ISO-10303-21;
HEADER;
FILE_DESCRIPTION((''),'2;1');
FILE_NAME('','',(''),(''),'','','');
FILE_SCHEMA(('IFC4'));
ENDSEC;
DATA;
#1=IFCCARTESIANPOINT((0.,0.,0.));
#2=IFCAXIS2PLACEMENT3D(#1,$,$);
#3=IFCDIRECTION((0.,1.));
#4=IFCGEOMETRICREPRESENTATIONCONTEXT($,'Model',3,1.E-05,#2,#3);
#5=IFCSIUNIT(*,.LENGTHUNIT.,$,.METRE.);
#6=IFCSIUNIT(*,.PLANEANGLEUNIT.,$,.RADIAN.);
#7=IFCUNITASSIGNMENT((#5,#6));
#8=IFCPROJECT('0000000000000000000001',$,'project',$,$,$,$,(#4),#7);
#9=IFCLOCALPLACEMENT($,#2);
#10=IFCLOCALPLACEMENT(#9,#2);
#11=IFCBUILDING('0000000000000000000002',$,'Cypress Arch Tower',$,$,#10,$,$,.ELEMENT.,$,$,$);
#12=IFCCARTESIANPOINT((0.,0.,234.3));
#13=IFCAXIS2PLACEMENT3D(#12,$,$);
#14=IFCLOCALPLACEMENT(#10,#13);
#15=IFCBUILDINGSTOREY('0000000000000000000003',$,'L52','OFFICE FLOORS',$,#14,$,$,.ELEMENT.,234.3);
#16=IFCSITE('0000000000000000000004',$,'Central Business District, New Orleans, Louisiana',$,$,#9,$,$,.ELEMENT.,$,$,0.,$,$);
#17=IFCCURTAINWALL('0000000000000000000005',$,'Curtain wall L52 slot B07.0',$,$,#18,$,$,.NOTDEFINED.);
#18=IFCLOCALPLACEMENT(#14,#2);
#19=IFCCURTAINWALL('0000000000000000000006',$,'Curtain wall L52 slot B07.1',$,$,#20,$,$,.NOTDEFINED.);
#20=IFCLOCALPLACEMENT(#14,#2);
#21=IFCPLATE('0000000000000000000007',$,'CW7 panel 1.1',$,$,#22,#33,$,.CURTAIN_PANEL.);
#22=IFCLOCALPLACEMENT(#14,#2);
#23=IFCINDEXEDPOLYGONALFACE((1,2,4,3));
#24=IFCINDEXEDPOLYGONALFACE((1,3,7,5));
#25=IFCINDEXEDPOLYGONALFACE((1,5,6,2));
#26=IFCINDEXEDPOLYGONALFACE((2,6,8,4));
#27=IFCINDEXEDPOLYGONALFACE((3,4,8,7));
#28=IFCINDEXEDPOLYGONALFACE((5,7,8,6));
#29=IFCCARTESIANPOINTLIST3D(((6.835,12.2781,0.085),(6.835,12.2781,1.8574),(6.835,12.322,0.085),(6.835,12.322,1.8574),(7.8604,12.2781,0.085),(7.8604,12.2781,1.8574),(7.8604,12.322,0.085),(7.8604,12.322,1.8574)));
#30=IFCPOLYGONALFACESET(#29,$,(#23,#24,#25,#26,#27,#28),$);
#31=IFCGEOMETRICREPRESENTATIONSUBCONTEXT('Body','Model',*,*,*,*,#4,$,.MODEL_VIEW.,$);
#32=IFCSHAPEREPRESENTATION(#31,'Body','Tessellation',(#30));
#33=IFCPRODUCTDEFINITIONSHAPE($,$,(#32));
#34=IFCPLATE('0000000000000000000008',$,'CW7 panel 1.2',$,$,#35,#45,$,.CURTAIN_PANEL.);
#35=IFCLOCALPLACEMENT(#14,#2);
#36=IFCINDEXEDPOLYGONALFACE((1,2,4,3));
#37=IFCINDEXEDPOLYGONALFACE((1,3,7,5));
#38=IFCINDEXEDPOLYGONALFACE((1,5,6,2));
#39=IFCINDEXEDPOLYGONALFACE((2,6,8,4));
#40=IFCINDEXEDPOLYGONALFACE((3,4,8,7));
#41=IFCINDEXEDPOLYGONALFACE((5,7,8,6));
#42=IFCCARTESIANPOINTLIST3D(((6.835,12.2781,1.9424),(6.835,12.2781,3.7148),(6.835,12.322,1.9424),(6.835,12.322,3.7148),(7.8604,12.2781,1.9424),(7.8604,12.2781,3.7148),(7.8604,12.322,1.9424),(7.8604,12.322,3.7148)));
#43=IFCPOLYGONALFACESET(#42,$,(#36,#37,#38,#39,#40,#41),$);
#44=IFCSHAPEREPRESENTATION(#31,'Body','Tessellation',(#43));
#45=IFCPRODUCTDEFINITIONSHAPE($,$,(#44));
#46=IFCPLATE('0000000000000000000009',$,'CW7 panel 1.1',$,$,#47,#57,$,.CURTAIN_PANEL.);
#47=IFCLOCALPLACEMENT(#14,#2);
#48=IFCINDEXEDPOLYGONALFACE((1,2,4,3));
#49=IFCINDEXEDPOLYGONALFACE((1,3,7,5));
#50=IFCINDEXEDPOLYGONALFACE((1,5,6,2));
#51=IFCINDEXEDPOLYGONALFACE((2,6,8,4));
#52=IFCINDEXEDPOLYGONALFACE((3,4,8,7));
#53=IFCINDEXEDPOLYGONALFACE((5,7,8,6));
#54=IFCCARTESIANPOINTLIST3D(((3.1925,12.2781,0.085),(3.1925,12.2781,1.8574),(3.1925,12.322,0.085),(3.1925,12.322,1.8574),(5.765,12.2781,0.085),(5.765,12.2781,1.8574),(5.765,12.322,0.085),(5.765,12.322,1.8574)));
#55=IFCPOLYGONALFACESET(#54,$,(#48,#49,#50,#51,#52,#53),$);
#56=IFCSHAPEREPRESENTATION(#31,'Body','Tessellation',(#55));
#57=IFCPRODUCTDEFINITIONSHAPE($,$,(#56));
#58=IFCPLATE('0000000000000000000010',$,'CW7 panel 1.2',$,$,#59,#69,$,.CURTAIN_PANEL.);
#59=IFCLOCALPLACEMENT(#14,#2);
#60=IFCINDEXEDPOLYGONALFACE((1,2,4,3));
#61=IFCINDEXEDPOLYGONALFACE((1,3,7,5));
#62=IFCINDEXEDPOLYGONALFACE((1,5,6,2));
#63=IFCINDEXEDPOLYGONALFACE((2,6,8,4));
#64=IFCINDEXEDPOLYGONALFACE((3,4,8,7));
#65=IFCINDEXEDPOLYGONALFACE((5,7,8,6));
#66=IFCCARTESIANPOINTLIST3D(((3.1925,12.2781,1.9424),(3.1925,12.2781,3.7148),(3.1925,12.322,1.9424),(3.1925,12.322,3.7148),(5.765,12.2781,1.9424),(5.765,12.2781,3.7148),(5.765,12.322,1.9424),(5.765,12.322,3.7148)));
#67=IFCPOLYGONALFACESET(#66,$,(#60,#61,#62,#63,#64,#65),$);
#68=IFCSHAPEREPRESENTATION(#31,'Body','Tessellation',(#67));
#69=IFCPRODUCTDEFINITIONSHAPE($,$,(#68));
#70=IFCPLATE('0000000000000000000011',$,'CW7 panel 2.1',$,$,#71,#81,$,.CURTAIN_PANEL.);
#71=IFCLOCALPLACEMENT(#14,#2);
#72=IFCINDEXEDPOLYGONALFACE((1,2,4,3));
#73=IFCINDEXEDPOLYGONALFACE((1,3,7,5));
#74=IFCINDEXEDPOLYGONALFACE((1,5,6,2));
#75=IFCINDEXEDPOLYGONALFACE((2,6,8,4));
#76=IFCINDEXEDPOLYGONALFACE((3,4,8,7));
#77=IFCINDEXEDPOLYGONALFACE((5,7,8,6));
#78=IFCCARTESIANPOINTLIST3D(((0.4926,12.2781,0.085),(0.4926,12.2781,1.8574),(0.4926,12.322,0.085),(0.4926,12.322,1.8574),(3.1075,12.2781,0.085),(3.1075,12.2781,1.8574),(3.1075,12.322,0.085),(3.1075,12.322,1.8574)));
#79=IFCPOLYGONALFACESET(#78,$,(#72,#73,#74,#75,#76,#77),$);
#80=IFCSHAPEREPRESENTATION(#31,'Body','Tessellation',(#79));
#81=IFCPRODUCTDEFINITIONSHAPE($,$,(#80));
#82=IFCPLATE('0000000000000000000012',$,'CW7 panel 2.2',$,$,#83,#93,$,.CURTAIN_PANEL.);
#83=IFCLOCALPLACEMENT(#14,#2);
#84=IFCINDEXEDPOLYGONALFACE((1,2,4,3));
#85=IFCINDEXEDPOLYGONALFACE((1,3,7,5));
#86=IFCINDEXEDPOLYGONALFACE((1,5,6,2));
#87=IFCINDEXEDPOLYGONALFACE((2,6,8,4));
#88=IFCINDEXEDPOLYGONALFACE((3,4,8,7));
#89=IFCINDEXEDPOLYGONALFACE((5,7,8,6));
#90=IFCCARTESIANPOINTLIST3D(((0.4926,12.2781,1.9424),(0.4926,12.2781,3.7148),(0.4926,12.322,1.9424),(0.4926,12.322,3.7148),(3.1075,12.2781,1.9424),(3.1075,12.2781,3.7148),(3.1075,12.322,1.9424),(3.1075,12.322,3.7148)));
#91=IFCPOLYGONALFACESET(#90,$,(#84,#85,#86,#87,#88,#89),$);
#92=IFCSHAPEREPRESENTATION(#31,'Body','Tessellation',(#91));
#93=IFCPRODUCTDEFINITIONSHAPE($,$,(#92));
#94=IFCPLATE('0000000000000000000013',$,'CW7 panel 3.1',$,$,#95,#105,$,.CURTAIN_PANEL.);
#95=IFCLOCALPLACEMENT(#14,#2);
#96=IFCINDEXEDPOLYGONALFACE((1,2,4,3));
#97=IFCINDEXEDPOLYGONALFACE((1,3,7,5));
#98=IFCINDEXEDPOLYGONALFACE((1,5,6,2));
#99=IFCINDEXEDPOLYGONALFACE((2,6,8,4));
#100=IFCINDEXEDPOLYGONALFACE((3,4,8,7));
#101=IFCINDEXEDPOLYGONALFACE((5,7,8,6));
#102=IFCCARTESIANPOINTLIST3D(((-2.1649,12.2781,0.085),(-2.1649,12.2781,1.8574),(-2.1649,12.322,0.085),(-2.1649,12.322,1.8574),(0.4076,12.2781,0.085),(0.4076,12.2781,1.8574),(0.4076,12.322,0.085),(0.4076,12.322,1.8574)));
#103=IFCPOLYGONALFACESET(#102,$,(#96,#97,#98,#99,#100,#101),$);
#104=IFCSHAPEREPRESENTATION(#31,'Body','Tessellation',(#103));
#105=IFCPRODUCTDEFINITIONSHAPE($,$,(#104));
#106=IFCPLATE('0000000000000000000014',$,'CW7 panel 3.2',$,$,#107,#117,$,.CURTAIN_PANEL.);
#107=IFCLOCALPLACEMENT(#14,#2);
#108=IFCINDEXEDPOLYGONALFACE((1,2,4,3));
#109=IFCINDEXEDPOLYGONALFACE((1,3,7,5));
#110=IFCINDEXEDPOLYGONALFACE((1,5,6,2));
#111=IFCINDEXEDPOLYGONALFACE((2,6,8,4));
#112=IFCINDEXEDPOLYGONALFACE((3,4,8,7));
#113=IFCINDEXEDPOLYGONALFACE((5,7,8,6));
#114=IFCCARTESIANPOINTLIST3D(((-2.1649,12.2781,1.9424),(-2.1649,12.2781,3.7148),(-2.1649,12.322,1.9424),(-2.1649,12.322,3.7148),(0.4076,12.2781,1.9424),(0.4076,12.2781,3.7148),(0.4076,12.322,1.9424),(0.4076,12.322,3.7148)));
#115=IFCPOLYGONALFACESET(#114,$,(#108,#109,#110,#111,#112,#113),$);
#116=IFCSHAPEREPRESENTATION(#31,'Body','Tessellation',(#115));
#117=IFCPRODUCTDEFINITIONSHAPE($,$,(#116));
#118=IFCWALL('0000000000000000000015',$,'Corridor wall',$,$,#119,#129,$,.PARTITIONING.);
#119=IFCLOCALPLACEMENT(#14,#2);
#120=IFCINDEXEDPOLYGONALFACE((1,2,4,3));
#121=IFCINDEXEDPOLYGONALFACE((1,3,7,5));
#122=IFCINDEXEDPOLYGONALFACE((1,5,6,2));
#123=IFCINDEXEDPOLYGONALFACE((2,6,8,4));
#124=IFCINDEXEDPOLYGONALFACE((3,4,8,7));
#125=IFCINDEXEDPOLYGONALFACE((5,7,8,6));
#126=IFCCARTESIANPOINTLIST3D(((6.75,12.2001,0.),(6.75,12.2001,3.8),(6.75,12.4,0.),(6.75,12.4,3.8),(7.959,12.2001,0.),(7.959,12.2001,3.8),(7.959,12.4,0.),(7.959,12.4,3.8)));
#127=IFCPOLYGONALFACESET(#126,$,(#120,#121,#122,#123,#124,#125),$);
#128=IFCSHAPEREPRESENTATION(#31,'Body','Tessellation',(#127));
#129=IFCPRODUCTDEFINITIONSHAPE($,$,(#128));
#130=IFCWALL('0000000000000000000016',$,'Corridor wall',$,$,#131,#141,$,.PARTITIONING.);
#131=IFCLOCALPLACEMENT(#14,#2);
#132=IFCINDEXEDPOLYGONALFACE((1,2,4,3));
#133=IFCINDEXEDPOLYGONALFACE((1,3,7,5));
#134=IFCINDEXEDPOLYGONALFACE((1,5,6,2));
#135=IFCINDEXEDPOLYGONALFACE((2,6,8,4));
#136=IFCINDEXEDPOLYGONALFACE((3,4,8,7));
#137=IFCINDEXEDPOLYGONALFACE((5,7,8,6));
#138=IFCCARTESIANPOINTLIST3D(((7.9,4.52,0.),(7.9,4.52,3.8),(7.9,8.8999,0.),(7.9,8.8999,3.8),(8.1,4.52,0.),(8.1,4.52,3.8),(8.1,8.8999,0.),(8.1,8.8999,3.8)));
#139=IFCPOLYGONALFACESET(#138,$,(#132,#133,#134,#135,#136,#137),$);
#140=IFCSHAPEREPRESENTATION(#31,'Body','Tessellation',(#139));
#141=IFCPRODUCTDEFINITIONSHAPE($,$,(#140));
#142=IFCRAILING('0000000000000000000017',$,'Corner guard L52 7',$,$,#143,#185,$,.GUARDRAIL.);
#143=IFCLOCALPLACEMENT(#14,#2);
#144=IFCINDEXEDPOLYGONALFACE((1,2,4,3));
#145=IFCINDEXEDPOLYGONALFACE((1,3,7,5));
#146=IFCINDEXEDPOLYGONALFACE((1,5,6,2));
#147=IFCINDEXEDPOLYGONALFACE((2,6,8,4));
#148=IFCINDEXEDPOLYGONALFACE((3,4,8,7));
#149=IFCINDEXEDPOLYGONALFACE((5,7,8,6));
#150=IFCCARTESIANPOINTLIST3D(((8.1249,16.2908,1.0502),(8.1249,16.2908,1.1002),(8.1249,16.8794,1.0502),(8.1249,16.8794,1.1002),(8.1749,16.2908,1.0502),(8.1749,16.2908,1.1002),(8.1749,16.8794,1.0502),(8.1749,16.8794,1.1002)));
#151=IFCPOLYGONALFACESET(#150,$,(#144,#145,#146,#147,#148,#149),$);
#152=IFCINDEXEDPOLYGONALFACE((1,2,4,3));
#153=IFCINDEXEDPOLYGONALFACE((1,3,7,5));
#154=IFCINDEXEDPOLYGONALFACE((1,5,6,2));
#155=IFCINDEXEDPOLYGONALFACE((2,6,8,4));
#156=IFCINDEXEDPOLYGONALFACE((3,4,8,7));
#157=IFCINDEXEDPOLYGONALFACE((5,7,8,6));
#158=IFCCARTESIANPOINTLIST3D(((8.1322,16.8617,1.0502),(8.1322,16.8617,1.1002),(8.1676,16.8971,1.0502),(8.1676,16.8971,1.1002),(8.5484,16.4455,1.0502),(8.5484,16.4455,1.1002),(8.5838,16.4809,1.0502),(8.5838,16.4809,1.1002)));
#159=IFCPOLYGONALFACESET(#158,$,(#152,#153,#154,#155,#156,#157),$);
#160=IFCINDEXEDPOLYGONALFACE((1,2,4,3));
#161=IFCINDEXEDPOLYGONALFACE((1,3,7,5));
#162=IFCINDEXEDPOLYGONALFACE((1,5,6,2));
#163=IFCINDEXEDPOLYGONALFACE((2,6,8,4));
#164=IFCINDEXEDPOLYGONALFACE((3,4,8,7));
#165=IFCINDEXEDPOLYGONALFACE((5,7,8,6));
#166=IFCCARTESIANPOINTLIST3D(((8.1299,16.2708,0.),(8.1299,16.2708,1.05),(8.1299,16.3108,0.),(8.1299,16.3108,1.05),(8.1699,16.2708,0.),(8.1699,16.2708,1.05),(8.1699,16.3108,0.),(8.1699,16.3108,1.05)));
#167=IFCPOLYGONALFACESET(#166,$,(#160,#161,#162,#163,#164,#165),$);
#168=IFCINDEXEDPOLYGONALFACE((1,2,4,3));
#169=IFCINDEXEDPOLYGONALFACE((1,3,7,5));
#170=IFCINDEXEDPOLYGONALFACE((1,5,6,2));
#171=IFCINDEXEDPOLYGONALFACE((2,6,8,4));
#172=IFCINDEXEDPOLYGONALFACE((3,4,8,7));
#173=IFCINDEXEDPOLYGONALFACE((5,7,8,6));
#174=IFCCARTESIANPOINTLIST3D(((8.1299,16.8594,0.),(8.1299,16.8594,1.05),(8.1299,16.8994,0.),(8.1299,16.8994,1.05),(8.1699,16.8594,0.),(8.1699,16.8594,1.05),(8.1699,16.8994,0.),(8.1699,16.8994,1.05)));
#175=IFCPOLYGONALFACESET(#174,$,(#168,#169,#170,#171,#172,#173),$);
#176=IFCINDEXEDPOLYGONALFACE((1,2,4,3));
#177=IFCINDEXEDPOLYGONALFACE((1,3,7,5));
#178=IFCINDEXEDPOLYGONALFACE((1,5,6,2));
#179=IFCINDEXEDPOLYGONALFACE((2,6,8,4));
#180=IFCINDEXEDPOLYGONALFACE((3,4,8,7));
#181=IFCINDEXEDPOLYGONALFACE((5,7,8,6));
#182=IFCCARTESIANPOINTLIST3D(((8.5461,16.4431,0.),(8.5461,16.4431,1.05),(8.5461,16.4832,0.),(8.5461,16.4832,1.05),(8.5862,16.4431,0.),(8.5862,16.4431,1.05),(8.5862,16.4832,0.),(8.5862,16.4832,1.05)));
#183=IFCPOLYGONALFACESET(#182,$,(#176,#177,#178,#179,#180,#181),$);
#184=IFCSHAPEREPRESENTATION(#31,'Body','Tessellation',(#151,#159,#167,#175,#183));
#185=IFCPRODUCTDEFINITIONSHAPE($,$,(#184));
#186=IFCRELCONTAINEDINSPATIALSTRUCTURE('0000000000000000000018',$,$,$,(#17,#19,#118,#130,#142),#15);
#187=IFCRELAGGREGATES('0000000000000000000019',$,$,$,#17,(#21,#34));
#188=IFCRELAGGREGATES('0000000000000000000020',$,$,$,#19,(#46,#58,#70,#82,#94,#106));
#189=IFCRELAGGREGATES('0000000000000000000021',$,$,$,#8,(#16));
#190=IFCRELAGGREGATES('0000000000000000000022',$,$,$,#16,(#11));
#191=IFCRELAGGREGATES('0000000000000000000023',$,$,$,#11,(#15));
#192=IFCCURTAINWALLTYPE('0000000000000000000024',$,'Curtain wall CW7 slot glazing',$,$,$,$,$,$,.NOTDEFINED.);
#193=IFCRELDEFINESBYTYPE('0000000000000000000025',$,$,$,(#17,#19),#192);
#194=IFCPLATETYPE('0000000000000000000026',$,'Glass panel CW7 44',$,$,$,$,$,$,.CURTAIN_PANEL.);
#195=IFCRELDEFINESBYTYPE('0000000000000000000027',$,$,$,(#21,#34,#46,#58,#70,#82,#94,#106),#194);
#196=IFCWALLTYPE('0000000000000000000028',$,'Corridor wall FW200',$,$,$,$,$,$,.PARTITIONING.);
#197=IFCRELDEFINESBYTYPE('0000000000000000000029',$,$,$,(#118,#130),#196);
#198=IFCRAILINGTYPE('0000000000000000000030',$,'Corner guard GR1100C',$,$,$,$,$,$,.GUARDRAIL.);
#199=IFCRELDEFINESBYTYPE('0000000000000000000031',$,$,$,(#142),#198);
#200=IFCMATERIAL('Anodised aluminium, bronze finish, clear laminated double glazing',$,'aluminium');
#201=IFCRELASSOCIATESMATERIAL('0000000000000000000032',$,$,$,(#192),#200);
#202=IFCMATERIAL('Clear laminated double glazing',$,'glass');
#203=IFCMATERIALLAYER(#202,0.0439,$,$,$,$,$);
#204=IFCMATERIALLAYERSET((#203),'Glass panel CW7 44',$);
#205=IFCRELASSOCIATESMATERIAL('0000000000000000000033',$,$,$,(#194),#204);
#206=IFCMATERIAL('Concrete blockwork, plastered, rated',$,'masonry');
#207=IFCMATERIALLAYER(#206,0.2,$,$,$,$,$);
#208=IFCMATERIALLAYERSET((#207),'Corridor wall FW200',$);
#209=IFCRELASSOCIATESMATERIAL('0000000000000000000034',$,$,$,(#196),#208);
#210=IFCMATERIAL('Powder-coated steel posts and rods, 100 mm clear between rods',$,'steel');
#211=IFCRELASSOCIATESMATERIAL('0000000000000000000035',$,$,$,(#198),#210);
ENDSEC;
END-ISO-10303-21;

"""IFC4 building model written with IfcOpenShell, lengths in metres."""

from ifc_helpers import new_model, si_unit, direction, frame, frame_2d, origin, origin_2d, place, context, subcontext, project, spatial, rectangle, extrude, material, layer, layer_set, type_object, element, aggregate, save


model = new_model("IFC4")

# Units and contexts
model_context = context("Model", 3, precision=1e-05, world=origin(), true_north=direction((0.0, 1.0)))
body_context = subcontext(model_context, "Body", "Model", "MODEL_VIEW")
ifc_project = project(units=[si_unit("LENGTHUNIT", "METRE"), si_unit("PLANEANGLEUNIT", "RADIAN")], contexts=[model_context])

# Site, building, storey
site_placement = place(None, origin())
site = spatial("IfcSite", under=ifc_project, at=site_placement, Name="Central Business District, New Orleans, Louisiana", CompositionType="ELEMENT", RefElevation=0.0)
building_placement = place(site_placement, origin())
building = spatial("IfcBuilding", under=site, at=building_placement, Name="Cypress Arch Tower", CompositionType="ELEMENT")
storey_placement = place(building_placement, frame((0.0, 0.0, 234.3)))
storey = spatial("IfcBuildingStorey", under=building, at=storey_placement, Name="L52", Description="OFFICE FLOORS", CompositionType="ELEMENT", Elevation=234.3)

# Shared definitions
ifc_material_1 = material(Name="Anodised aluminium, bronze finish, clear laminated double glazing", Category="aluminium")
curtain_wall_type = type_object("IfcCurtainWallType", Name="Curtain wall CW7 slot glazing", PredefinedType="NOTDEFINED", material=ifc_material_1)

# Curtain walls
curtain_wall_1_placement = place(storey_placement, origin())
curtain_wall_1 = element("IfcCurtainWall", 1, at=curtain_wall_1_placement, inside=storey, type_object=curtain_wall_type, Name="Curtain wall L52 slot B07.0", PredefinedType="NOTDEFINED")
curtain_wall_2_placement = place(storey_placement, origin())
curtain_wall_2 = element("IfcCurtainWall", 2, at=curtain_wall_2_placement, inside=storey, type_object=curtain_wall_type, Name="Curtain wall L52 slot B07.1", PredefinedType="NOTDEFINED")

# Plates
ifc_material_2 = material(Name="Clear laminated double glazing", Category="glass")
ifc_layer_1 = layer(ifc_material_2, 0.0439)
ifc_layer_set_1 = layer_set([ifc_layer_1], Name="Glass panel CW7 44")
plate_type = type_object("IfcPlateType", Name="Glass panel CW7 44", PredefinedType="CURTAIN_PANEL", material=ifc_layer_set_1)
plate_1_placement = place(storey_placement, frame((7.3477, 12.3, 0.085), z_axis=(0.0, 0.0, 1.0), x_axis=(-1.0, 0.0, 0.0)))
plate_1 = element("IfcPlate", 3, at=plate_1_placement, type_object=plate_type, Name="CW7 panel 1.1", PredefinedType="CURTAIN_PANEL", context=body_context, shape_type="SweptSolid", body=[
    extrude(rectangle(XDim=1.0254, YDim=0.0439, at=origin_2d()), origin(), (0.0, 0.0, 1.0), 1.7725),
])
plate_2_placement = place(storey_placement, frame((7.3477, 12.3, 1.9424), z_axis=(0.0, 0.0, 1.0), x_axis=(-1.0, 0.0, 0.0)))
plate_2 = element("IfcPlate", 4, at=plate_2_placement, type_object=plate_type, Name="CW7 panel 1.2", PredefinedType="CURTAIN_PANEL", context=body_context, shape_type="SweptSolid", body=[
    extrude(rectangle(XDim=1.0254, YDim=0.0439, at=origin_2d()), origin(), (0.0, 0.0, 1.0), 1.7725),
])
aggregate(curtain_wall_1, [plate_1, plate_2])
plate_3_placement = place(storey_placement, frame((4.4788, 12.3, 0.085), z_axis=(0.0, 0.0, 1.0), x_axis=(-1.0, 0.0, 0.0)))
plate_3 = element("IfcPlate", 5, at=plate_3_placement, type_object=plate_type, Name="CW7 panel 1.1", PredefinedType="CURTAIN_PANEL", context=body_context, shape_type="SweptSolid", body=[
    extrude(rectangle(XDim=2.5725, YDim=0.0439, at=origin_2d()), origin(), (0.0, 0.0, 1.0), 1.7725),
])
plate_4_placement = place(storey_placement, frame((4.4788, 12.3, 1.9424), z_axis=(0.0, 0.0, 1.0), x_axis=(-1.0, 0.0, 0.0)))
plate_4 = element("IfcPlate", 6, at=plate_4_placement, type_object=plate_type, Name="CW7 panel 1.2", PredefinedType="CURTAIN_PANEL", context=body_context, shape_type="SweptSolid", body=[
    extrude(rectangle(XDim=2.5725, YDim=0.0439, at=origin_2d()), origin(), (0.0, 0.0, 1.0), 1.7725),
])
plate_5_placement = place(storey_placement, frame((1.8, 12.3, 0.085), z_axis=(0.0, 0.0, 1.0), x_axis=(-1.0, 0.0, 0.0)))
plate_5 = element("IfcPlate", 7, at=plate_5_placement, type_object=plate_type, Name="CW7 panel 2.1", PredefinedType="CURTAIN_PANEL", context=body_context, shape_type="SweptSolid", body=[
    extrude(rectangle(XDim=2.615, YDim=0.0439, at=origin_2d()), origin(), (0.0, 0.0, 1.0), 1.7725),
])
plate_6_placement = place(storey_placement, frame((1.8, 12.3, 1.9424), z_axis=(0.0, 0.0, 1.0), x_axis=(-1.0, 0.0, 0.0)))
plate_6 = element("IfcPlate", 8, at=plate_6_placement, type_object=plate_type, Name="CW7 panel 2.2", PredefinedType="CURTAIN_PANEL", context=body_context, shape_type="SweptSolid", body=[
    extrude(rectangle(XDim=2.615, YDim=0.0439, at=origin_2d()), origin(), (0.0, 0.0, 1.0), 1.7725),
])
plate_7_placement = place(storey_placement, frame((-0.8787, 12.3, 0.085), z_axis=(0.0, 0.0, 1.0), x_axis=(-1.0, 0.0, 0.0)))
plate_7 = element("IfcPlate", 9, at=plate_7_placement, type_object=plate_type, Name="CW7 panel 3.1", PredefinedType="CURTAIN_PANEL", context=body_context, shape_type="SweptSolid", body=[
    extrude(rectangle(XDim=2.5725, YDim=0.0439, at=origin_2d()), origin(), (0.0, 0.0, 1.0), 1.7725),
])
plate_8_placement = place(storey_placement, frame((-0.8787, 12.3, 1.9424), z_axis=(0.0, 0.0, 1.0), x_axis=(-1.0, 0.0, 0.0)))
plate_8 = element("IfcPlate", 10, at=plate_8_placement, type_object=plate_type, Name="CW7 panel 3.2", PredefinedType="CURTAIN_PANEL", context=body_context, shape_type="SweptSolid", body=[
    extrude(rectangle(XDim=2.5725, YDim=0.0439, at=origin_2d()), origin(), (0.0, 0.0, 1.0), 1.7725),
])
aggregate(curtain_wall_2, [plate_3, plate_4, plate_5, plate_6, plate_7, plate_8])

# Walls
ifc_material_3 = material(Name="Concrete blockwork, plastered, rated", Category="masonry")
ifc_layer_2 = layer(ifc_material_3, 0.2)
ifc_layer_set_2 = layer_set([ifc_layer_2], Name="Corridor wall FW200")
wall_type = type_object("IfcWallType", Name="Corridor wall FW200", PredefinedType="PARTITIONING", material=ifc_layer_set_2)
wall_1_placement = place(storey_placement, frame((6.75, 12.3, 0.0), z_axis=(0.0, 0.0, 1.0), x_axis=(1.0, 0.0, 0.0)))
element("IfcWall", 11, at=wall_1_placement, inside=storey, type_object=wall_type, Name="Corridor wall", PredefinedType="PARTITIONING", context=body_context, shape_type="SweptSolid", body=[
    extrude(rectangle(XDim=1.209, YDim=0.2, at=frame_2d((0.6045, 0.0))), origin(), (0.0, 0.0, 1.0), 3.8),
])
wall_2_placement = place(storey_placement, frame((8.0, 4.52, 0.0), z_axis=(0.0, 0.0, 1.0), x_axis=(0.0, 1.0, 0.0)))
element("IfcWall", 12, at=wall_2_placement, inside=storey, type_object=wall_type, Name="Corridor wall", PredefinedType="PARTITIONING", context=body_context, shape_type="SweptSolid", body=[
    extrude(rectangle(XDim=4.3799, YDim=0.2, at=frame_2d((2.1899, 0.0))), origin(), (0.0, 0.0, 1.0), 3.8),
])

# Railing
ifc_material_4 = material(Name="Powder-coated steel posts and rods, 100 mm clear between rods", Category="steel")
railing_type = type_object("IfcRailingType", Name="Corner guard GR1100C", PredefinedType="GUARDRAIL", material=ifc_material_4)
railing_placement = place(storey_placement, frame((8.1499, 16.2908, 0.0)))
element("IfcRailing", 13, at=railing_placement, inside=storey, type_object=railing_type, Name="Corner guard L52 7", PredefinedType="GUARDRAIL", context=body_context, shape_type="SweptSolid", body=[
    extrude(rectangle(XDim=0.05, YDim=0.05, at=origin_2d()), frame((0.0, 0.0, 1.0752), z_axis=(0.0, 1.0, 0.0), x_axis=(-1.0, 0.0, 0.0)), (0.0, 0.0, 1.0), 0.5886),
    extrude(rectangle(XDim=0.05, YDim=0.05, at=origin_2d()), frame((0.0, 0.5886, 1.0752), z_axis=(0.707107, -0.707107, 0.0), x_axis=(0.707107, 0.707107, 0.0)), (0.0, 0.0, 1.0), 0.5886),
    extrude(rectangle(XDim=0.04, YDim=0.04, at=origin_2d()), origin(), (0.0, 0.0, 1.0), 1.05),
    extrude(rectangle(XDim=0.04, YDim=0.04, at=origin_2d()), frame((0.0, 0.5886, 0.0)), (0.0, 0.0, 1.0), 1.05),
    extrude(rectangle(XDim=0.04, YDim=0.04, at=origin_2d()), frame((0.4163, 0.1724, 0.0)), (0.0, 0.0, 1.0), 1.05),
])

save(model, "model.ifc")
